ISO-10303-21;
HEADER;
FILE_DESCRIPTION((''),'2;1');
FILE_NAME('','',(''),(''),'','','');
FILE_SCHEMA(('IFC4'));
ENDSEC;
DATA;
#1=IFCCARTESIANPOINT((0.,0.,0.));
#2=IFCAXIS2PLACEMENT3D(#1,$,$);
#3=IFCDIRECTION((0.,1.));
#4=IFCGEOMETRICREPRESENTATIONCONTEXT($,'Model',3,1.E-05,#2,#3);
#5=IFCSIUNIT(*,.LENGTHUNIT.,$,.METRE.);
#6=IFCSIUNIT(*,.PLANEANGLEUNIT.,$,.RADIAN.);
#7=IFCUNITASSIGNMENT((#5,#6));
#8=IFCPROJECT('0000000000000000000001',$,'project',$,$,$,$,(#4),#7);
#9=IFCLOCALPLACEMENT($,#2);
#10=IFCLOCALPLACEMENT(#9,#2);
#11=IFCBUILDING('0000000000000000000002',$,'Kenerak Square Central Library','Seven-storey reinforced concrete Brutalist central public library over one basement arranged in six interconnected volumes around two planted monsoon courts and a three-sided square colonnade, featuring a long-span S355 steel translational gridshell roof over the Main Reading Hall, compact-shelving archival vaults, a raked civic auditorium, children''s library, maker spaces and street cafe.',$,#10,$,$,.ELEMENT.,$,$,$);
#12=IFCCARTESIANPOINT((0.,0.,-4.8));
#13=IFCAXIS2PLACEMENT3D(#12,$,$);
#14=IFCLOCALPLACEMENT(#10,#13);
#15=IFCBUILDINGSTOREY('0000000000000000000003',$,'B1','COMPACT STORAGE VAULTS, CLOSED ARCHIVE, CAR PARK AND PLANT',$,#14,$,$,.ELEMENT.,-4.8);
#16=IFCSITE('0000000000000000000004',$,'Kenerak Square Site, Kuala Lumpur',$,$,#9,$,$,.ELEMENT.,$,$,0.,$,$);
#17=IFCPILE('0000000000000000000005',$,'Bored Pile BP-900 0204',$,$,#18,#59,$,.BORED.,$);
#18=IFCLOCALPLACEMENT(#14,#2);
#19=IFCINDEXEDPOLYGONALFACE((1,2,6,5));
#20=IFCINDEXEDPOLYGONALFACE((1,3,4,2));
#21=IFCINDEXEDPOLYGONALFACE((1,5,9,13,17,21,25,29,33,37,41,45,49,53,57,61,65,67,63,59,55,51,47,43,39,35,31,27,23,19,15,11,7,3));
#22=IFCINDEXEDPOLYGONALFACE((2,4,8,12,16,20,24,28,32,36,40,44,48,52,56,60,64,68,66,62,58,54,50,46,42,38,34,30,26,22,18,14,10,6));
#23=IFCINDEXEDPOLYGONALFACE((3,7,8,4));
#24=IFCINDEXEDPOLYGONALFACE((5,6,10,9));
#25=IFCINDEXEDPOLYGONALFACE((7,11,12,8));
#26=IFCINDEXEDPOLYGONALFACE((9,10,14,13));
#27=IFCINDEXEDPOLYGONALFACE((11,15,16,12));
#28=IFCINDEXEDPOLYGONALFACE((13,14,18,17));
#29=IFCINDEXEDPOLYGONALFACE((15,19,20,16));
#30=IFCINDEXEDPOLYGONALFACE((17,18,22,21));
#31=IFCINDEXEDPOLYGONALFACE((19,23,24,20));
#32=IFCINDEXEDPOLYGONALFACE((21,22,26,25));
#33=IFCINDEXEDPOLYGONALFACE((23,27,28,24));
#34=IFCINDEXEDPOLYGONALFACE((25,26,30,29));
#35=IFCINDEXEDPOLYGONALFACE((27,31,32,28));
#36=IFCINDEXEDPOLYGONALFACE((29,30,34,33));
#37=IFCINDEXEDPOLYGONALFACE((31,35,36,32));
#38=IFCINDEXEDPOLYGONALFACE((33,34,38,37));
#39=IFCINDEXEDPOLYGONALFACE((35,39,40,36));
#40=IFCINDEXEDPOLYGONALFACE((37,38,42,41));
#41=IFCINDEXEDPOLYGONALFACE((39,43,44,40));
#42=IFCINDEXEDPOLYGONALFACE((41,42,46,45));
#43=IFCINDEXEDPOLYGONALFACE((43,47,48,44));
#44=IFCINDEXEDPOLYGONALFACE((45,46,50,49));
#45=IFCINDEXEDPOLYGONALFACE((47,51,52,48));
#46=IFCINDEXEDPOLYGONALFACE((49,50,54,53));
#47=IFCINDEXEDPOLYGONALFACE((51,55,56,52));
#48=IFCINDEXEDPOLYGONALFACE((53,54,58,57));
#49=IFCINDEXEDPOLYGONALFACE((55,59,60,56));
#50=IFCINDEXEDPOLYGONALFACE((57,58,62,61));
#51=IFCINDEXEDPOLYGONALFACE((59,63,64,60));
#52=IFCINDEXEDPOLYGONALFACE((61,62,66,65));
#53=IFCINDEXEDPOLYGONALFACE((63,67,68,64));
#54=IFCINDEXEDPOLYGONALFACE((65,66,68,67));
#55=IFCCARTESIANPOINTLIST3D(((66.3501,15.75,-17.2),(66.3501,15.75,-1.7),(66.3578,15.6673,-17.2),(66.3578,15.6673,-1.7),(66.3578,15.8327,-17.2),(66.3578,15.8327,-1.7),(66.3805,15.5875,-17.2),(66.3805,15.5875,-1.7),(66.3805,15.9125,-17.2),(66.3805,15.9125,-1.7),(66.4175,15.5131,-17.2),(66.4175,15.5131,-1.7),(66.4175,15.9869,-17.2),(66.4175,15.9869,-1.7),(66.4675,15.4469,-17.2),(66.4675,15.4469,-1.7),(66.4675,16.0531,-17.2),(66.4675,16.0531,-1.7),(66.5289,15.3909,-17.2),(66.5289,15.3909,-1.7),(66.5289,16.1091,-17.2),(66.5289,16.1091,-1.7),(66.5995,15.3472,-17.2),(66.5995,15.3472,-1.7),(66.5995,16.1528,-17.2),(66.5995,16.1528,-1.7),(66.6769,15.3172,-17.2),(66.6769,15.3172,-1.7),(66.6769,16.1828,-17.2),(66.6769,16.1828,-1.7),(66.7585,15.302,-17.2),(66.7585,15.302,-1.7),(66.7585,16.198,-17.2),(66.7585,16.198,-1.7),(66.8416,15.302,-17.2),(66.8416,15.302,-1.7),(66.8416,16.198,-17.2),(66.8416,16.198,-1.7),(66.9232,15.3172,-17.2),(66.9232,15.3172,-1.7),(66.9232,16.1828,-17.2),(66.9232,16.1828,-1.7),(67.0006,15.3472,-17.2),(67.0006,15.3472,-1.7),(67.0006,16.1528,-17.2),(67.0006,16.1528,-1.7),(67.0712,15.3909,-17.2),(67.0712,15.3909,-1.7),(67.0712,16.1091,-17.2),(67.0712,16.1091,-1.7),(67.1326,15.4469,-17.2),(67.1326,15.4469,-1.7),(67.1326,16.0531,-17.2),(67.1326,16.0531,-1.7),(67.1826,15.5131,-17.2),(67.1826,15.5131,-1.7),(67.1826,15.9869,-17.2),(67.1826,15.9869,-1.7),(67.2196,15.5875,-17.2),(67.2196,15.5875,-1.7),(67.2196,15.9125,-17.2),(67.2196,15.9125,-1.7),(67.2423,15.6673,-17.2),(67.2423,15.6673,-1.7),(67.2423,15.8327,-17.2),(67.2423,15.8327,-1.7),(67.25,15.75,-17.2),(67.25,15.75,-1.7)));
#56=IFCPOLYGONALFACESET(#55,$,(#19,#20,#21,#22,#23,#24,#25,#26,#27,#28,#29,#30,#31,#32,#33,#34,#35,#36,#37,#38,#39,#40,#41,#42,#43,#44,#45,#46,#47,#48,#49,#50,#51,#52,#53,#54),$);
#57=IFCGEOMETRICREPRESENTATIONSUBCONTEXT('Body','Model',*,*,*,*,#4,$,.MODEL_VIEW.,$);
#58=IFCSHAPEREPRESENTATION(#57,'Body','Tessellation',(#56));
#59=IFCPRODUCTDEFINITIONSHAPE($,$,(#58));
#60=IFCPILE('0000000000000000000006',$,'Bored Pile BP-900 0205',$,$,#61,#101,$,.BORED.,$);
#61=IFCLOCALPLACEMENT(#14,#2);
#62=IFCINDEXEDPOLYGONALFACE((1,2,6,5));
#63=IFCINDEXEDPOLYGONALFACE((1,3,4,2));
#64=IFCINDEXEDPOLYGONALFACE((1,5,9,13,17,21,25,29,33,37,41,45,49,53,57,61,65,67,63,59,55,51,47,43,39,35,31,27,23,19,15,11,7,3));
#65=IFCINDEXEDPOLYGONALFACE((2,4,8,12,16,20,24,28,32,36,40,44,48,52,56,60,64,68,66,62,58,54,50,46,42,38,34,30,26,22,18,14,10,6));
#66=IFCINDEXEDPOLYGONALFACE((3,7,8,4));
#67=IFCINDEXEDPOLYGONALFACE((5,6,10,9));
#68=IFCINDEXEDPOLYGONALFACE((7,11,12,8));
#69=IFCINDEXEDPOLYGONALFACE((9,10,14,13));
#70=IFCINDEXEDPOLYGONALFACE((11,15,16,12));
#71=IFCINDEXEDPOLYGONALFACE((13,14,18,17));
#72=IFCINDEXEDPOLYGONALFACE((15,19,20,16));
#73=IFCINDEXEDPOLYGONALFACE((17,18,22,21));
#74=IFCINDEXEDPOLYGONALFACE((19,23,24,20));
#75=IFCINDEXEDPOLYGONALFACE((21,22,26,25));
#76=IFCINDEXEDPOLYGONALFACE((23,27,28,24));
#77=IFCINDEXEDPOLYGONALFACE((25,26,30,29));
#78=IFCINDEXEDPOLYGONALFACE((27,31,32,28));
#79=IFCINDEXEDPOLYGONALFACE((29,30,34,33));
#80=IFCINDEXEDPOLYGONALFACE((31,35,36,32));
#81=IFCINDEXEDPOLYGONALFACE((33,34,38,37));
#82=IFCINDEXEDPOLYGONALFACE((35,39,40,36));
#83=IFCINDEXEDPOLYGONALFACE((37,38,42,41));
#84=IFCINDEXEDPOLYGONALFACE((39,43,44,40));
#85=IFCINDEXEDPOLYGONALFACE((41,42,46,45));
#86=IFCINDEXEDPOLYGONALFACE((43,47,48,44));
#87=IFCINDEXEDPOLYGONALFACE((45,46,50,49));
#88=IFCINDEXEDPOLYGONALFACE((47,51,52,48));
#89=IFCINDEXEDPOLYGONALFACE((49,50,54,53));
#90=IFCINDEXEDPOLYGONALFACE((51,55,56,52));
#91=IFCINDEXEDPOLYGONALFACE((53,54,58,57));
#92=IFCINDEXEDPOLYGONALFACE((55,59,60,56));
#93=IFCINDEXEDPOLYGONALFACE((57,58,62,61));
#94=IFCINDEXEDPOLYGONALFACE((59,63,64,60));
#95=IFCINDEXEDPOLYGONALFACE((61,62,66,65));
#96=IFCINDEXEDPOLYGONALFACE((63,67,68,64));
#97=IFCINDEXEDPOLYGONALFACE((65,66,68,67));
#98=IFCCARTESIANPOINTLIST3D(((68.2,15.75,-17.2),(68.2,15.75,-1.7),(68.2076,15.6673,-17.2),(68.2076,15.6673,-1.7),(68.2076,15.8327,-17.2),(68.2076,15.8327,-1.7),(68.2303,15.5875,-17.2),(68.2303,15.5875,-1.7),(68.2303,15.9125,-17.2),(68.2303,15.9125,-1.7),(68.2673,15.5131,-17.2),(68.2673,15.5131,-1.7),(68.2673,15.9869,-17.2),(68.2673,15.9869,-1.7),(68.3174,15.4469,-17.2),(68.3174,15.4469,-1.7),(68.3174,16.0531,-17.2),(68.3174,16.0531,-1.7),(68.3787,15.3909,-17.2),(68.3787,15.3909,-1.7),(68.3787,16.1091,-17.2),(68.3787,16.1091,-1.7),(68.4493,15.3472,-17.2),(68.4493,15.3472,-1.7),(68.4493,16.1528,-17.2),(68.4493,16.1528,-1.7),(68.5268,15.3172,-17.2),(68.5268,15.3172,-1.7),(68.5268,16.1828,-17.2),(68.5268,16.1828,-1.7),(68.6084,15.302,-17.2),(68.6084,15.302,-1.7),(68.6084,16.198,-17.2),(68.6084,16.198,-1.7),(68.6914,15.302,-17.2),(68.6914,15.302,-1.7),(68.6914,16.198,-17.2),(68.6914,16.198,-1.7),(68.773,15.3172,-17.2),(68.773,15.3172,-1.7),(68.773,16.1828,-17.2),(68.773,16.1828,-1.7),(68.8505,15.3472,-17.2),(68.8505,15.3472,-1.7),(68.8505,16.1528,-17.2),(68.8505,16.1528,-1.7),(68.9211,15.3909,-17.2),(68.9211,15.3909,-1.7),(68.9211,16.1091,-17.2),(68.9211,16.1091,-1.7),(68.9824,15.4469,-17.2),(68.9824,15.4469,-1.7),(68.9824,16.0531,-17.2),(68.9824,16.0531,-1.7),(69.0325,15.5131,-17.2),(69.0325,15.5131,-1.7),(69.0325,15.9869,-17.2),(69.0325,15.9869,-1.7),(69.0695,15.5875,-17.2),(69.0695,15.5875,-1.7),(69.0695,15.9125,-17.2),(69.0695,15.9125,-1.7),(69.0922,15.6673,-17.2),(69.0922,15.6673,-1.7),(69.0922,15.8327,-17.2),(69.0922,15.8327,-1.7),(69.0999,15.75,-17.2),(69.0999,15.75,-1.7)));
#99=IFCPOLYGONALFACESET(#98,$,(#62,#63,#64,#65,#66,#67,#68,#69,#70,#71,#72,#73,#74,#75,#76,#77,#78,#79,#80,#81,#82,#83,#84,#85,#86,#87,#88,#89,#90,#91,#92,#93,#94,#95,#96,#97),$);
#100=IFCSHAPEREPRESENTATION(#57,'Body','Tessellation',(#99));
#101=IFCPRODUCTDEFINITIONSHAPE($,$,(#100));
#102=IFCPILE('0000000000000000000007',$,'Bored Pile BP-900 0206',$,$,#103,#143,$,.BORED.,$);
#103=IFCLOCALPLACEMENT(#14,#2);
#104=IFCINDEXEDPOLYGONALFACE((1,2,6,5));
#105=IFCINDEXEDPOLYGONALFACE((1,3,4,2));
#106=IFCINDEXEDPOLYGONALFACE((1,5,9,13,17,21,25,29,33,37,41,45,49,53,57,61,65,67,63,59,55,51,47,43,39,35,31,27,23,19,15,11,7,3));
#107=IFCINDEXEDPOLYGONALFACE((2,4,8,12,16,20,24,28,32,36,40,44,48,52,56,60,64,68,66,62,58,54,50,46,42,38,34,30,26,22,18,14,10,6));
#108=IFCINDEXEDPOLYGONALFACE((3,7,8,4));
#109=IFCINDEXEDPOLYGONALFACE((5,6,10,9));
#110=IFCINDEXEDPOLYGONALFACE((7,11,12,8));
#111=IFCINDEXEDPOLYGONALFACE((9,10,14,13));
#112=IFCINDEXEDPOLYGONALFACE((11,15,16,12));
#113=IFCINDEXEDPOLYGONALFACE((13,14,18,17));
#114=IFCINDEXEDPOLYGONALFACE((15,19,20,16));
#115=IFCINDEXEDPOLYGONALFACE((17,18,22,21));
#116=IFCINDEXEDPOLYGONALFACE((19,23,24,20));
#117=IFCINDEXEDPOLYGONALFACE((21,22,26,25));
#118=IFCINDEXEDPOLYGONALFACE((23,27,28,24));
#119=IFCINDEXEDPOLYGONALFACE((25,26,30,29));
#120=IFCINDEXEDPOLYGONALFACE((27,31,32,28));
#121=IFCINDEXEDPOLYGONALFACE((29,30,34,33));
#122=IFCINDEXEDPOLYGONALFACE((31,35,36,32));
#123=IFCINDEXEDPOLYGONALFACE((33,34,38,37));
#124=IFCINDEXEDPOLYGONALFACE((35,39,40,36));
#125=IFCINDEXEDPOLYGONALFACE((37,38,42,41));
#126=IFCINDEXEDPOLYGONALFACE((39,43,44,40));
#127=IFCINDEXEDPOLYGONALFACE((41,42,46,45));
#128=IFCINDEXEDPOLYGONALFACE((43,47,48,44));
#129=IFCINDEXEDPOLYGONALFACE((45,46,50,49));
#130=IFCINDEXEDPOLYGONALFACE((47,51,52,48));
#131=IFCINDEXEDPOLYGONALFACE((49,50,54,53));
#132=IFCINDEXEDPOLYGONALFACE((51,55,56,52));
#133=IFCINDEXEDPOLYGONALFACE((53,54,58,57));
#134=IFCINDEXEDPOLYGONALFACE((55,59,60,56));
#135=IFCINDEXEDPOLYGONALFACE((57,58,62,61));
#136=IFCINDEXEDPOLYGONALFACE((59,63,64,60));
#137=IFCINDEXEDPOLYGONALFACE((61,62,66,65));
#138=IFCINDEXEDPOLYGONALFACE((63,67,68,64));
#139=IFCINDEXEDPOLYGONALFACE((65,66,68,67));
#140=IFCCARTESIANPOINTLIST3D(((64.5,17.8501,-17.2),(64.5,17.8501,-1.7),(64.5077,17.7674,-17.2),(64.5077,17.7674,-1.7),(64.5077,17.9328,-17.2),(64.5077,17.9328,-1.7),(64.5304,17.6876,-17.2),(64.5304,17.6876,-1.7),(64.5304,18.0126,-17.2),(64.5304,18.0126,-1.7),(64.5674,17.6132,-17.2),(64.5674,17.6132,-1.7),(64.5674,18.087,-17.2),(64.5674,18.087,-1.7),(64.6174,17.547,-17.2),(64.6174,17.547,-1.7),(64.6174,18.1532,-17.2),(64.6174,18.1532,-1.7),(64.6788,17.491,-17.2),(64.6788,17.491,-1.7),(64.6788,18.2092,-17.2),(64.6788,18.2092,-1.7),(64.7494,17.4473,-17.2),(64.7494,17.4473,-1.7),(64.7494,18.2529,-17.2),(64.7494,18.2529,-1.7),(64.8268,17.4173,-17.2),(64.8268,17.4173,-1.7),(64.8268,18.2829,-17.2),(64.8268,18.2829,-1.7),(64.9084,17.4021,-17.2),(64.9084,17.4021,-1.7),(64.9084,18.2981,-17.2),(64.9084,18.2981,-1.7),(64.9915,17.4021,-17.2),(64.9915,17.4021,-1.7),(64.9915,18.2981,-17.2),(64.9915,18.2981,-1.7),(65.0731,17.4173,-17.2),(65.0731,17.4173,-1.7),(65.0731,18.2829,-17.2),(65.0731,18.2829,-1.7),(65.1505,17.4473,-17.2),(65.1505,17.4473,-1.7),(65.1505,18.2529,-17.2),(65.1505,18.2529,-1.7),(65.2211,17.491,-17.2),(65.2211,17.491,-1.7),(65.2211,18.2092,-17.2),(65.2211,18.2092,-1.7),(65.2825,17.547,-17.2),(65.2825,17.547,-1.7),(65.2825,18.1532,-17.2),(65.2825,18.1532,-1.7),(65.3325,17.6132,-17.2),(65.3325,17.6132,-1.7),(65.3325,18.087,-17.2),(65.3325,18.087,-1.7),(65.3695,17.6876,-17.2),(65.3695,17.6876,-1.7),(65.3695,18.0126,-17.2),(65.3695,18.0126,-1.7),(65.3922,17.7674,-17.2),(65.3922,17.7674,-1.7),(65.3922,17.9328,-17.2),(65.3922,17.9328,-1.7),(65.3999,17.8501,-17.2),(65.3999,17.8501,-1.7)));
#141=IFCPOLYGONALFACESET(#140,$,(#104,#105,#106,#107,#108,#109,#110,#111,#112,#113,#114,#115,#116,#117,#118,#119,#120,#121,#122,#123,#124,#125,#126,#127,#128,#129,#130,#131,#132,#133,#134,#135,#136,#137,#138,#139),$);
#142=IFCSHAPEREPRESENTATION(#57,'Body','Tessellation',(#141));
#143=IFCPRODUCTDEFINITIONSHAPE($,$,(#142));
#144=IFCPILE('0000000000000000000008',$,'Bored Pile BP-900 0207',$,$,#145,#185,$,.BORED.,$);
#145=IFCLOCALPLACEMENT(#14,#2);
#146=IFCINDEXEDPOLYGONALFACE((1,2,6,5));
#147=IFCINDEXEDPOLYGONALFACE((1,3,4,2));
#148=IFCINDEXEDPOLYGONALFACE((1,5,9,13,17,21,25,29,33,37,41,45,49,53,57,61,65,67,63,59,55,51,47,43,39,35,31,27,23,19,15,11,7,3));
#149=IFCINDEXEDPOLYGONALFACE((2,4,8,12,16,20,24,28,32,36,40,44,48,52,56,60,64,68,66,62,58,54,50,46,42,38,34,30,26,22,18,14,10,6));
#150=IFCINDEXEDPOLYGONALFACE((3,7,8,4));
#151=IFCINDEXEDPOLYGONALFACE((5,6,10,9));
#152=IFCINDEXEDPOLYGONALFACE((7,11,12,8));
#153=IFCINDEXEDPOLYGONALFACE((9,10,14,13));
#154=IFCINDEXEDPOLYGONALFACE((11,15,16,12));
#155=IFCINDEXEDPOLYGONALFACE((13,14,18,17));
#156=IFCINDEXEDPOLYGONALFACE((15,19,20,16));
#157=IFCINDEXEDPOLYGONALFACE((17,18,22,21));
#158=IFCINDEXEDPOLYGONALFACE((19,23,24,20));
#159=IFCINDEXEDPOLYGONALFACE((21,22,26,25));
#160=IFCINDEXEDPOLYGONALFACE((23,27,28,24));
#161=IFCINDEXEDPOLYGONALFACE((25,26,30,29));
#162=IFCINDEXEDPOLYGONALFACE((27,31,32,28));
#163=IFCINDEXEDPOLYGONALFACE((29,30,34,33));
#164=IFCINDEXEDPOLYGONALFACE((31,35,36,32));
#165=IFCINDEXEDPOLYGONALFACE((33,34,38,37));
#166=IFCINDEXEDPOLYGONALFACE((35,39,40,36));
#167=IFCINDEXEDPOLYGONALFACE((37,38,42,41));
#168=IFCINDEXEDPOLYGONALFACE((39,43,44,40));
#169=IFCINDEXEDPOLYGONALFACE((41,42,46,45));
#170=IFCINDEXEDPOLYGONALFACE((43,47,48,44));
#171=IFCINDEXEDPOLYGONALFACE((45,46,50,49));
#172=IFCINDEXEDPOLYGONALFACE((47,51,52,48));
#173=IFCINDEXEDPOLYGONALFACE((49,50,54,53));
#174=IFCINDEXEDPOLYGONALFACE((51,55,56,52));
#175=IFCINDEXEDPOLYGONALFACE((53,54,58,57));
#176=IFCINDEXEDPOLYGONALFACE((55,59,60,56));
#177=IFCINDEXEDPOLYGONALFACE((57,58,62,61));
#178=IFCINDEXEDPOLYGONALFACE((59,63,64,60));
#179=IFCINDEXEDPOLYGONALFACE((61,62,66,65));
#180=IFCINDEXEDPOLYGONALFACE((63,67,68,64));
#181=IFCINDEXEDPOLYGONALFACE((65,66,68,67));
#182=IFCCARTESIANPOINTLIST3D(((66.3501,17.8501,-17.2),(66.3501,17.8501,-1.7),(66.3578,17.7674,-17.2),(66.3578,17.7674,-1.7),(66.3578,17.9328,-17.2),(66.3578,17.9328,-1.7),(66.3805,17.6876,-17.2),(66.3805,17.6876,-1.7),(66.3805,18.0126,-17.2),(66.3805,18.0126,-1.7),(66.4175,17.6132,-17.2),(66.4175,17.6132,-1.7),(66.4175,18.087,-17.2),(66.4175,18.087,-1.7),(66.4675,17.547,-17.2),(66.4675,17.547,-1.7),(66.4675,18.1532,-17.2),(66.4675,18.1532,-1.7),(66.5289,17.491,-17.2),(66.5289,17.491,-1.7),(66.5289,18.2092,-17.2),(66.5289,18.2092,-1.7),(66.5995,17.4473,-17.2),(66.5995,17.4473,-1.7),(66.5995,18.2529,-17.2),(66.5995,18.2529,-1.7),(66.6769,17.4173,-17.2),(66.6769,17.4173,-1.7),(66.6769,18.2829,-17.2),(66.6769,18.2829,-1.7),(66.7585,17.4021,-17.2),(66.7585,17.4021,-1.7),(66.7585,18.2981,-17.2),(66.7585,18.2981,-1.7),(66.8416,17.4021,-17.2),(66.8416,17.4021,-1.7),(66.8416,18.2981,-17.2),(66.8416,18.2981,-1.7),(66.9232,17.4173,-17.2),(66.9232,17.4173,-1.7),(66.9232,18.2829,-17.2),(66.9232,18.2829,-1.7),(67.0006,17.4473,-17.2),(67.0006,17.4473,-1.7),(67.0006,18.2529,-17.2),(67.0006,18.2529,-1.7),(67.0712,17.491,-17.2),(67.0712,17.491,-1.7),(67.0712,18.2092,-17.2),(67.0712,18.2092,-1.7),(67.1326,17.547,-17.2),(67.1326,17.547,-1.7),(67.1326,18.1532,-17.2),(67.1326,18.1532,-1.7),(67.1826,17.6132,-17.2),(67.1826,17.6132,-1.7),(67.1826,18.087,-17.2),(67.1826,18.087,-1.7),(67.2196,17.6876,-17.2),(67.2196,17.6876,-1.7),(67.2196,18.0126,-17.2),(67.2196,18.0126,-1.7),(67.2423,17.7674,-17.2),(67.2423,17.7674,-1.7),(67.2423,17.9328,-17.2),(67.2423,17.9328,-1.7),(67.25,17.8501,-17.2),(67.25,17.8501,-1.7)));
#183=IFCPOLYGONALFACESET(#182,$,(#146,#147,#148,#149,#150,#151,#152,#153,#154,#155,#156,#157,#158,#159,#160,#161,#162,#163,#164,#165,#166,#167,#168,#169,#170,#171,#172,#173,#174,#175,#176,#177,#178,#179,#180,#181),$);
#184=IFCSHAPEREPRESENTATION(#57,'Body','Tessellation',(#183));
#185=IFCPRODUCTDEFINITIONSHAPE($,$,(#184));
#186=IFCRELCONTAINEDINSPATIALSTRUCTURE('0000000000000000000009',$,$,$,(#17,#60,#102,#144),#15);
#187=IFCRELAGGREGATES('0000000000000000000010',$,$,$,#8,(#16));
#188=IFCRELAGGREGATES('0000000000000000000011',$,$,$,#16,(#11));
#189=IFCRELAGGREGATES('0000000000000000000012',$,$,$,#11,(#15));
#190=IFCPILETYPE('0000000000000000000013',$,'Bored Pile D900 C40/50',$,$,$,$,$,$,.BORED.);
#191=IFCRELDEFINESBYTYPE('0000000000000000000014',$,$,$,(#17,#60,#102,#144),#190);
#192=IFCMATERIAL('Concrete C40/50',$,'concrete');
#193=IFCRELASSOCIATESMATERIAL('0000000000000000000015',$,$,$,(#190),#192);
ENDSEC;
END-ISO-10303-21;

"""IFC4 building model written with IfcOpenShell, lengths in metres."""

from ifc_helpers import new_model, si_unit, direction, frame, origin, origin_2d, place, context, subcontext, project, spatial, circle, extrude, material, material_profile, profile_set, type_object, element, save


model = new_model("IFC4")

# Units and contexts
model_context = context("Model", 3, precision=1e-05, world=origin(), true_north=direction((0.0, 1.0)))
body_context = subcontext(model_context, "Body", "Model", "MODEL_VIEW")
ifc_project = project(units=[si_unit("LENGTHUNIT", "METRE"), si_unit("PLANEANGLEUNIT", "RADIAN")], contexts=[model_context])

# Site, building, storey
site_placement = place(None, origin())
site = spatial("IfcSite", under=ifc_project, at=site_placement, Name="Kenerak Square Site, Kuala Lumpur", CompositionType="ELEMENT", RefElevation=0.0)
building_placement = place(site_placement, origin())
building = spatial("IfcBuilding", under=site, at=building_placement, Name="Kenerak Square Central Library", Description="Seven-storey reinforced concrete Brutalist central public library over one basement arranged in six interconnected volumes around two planted monsoon courts and a three-sided square colonnade, featuring a long-span S355 steel translational gridshell roof over the Main Reading Hall, compact-shelving archival vaults, a raked civic auditorium, children's library, maker spaces and street cafe.", CompositionType="ELEMENT")
storey_placement = place(building_placement, frame((0.0, 0.0, -4.8)))
storey = spatial("IfcBuildingStorey", under=building, at=storey_placement, Name="B1", Description="COMPACT STORAGE VAULTS, CLOSED ARCHIVE, CAR PARK AND PLANT", CompositionType="ELEMENT", Elevation=-4.8)

# Piles
ifc_material_1 = material(Name="Concrete C40/50", Category="concrete")
ifc_material_profile_1 = material_profile(ifc_material_1, circle(Radius=0.45, at=origin_2d()), Name="BP D900")
ifc_profile_set_1 = profile_set([ifc_material_profile_1], Name="Concrete C40/50")
pile_type_1 = type_object("IfcPileType", Name="Bored Pile D900 C40/50", PredefinedType="BORED", material=ifc_profile_set_1)
for number, where, z_axis, x_axis, name in (
    (1, (66.8, 15.75, -1.7), (0.0, 0.0, -1.0), (1.0, 0.0, 0.0), "Bored Pile BP-900 0204"),
    (2, (68.6499, 15.75, -1.7), (0.0, 0.0, -1.0), (1.0, 0.0, 0.0), "Bored Pile BP-900 0205"),
    (3, (64.95, 17.8501, -1.7), (0.0, 0.0, -1.0), (1.0, 0.0, 0.0), "Bored Pile BP-900 0206"),
    (4, (66.8, 17.8501, -1.7), (0.0, 0.0, -1.0), (1.0, 0.0, 0.0), "Bored Pile BP-900 0207"),
):
    element("IfcPile", number, at=place(storey_placement, frame(where, z_axis=z_axis, x_axis=x_axis)), inside=storey, type_object=pile_type_1, Name=name, PredefinedType="BORED", context=body_context, shape_type="SweptSolid", body=[
        extrude(circle(Radius=0.45, at=origin_2d()), origin(), (0.0, 0.0, 1.0), 15.5),
    ])

save(model, "model.ifc")
